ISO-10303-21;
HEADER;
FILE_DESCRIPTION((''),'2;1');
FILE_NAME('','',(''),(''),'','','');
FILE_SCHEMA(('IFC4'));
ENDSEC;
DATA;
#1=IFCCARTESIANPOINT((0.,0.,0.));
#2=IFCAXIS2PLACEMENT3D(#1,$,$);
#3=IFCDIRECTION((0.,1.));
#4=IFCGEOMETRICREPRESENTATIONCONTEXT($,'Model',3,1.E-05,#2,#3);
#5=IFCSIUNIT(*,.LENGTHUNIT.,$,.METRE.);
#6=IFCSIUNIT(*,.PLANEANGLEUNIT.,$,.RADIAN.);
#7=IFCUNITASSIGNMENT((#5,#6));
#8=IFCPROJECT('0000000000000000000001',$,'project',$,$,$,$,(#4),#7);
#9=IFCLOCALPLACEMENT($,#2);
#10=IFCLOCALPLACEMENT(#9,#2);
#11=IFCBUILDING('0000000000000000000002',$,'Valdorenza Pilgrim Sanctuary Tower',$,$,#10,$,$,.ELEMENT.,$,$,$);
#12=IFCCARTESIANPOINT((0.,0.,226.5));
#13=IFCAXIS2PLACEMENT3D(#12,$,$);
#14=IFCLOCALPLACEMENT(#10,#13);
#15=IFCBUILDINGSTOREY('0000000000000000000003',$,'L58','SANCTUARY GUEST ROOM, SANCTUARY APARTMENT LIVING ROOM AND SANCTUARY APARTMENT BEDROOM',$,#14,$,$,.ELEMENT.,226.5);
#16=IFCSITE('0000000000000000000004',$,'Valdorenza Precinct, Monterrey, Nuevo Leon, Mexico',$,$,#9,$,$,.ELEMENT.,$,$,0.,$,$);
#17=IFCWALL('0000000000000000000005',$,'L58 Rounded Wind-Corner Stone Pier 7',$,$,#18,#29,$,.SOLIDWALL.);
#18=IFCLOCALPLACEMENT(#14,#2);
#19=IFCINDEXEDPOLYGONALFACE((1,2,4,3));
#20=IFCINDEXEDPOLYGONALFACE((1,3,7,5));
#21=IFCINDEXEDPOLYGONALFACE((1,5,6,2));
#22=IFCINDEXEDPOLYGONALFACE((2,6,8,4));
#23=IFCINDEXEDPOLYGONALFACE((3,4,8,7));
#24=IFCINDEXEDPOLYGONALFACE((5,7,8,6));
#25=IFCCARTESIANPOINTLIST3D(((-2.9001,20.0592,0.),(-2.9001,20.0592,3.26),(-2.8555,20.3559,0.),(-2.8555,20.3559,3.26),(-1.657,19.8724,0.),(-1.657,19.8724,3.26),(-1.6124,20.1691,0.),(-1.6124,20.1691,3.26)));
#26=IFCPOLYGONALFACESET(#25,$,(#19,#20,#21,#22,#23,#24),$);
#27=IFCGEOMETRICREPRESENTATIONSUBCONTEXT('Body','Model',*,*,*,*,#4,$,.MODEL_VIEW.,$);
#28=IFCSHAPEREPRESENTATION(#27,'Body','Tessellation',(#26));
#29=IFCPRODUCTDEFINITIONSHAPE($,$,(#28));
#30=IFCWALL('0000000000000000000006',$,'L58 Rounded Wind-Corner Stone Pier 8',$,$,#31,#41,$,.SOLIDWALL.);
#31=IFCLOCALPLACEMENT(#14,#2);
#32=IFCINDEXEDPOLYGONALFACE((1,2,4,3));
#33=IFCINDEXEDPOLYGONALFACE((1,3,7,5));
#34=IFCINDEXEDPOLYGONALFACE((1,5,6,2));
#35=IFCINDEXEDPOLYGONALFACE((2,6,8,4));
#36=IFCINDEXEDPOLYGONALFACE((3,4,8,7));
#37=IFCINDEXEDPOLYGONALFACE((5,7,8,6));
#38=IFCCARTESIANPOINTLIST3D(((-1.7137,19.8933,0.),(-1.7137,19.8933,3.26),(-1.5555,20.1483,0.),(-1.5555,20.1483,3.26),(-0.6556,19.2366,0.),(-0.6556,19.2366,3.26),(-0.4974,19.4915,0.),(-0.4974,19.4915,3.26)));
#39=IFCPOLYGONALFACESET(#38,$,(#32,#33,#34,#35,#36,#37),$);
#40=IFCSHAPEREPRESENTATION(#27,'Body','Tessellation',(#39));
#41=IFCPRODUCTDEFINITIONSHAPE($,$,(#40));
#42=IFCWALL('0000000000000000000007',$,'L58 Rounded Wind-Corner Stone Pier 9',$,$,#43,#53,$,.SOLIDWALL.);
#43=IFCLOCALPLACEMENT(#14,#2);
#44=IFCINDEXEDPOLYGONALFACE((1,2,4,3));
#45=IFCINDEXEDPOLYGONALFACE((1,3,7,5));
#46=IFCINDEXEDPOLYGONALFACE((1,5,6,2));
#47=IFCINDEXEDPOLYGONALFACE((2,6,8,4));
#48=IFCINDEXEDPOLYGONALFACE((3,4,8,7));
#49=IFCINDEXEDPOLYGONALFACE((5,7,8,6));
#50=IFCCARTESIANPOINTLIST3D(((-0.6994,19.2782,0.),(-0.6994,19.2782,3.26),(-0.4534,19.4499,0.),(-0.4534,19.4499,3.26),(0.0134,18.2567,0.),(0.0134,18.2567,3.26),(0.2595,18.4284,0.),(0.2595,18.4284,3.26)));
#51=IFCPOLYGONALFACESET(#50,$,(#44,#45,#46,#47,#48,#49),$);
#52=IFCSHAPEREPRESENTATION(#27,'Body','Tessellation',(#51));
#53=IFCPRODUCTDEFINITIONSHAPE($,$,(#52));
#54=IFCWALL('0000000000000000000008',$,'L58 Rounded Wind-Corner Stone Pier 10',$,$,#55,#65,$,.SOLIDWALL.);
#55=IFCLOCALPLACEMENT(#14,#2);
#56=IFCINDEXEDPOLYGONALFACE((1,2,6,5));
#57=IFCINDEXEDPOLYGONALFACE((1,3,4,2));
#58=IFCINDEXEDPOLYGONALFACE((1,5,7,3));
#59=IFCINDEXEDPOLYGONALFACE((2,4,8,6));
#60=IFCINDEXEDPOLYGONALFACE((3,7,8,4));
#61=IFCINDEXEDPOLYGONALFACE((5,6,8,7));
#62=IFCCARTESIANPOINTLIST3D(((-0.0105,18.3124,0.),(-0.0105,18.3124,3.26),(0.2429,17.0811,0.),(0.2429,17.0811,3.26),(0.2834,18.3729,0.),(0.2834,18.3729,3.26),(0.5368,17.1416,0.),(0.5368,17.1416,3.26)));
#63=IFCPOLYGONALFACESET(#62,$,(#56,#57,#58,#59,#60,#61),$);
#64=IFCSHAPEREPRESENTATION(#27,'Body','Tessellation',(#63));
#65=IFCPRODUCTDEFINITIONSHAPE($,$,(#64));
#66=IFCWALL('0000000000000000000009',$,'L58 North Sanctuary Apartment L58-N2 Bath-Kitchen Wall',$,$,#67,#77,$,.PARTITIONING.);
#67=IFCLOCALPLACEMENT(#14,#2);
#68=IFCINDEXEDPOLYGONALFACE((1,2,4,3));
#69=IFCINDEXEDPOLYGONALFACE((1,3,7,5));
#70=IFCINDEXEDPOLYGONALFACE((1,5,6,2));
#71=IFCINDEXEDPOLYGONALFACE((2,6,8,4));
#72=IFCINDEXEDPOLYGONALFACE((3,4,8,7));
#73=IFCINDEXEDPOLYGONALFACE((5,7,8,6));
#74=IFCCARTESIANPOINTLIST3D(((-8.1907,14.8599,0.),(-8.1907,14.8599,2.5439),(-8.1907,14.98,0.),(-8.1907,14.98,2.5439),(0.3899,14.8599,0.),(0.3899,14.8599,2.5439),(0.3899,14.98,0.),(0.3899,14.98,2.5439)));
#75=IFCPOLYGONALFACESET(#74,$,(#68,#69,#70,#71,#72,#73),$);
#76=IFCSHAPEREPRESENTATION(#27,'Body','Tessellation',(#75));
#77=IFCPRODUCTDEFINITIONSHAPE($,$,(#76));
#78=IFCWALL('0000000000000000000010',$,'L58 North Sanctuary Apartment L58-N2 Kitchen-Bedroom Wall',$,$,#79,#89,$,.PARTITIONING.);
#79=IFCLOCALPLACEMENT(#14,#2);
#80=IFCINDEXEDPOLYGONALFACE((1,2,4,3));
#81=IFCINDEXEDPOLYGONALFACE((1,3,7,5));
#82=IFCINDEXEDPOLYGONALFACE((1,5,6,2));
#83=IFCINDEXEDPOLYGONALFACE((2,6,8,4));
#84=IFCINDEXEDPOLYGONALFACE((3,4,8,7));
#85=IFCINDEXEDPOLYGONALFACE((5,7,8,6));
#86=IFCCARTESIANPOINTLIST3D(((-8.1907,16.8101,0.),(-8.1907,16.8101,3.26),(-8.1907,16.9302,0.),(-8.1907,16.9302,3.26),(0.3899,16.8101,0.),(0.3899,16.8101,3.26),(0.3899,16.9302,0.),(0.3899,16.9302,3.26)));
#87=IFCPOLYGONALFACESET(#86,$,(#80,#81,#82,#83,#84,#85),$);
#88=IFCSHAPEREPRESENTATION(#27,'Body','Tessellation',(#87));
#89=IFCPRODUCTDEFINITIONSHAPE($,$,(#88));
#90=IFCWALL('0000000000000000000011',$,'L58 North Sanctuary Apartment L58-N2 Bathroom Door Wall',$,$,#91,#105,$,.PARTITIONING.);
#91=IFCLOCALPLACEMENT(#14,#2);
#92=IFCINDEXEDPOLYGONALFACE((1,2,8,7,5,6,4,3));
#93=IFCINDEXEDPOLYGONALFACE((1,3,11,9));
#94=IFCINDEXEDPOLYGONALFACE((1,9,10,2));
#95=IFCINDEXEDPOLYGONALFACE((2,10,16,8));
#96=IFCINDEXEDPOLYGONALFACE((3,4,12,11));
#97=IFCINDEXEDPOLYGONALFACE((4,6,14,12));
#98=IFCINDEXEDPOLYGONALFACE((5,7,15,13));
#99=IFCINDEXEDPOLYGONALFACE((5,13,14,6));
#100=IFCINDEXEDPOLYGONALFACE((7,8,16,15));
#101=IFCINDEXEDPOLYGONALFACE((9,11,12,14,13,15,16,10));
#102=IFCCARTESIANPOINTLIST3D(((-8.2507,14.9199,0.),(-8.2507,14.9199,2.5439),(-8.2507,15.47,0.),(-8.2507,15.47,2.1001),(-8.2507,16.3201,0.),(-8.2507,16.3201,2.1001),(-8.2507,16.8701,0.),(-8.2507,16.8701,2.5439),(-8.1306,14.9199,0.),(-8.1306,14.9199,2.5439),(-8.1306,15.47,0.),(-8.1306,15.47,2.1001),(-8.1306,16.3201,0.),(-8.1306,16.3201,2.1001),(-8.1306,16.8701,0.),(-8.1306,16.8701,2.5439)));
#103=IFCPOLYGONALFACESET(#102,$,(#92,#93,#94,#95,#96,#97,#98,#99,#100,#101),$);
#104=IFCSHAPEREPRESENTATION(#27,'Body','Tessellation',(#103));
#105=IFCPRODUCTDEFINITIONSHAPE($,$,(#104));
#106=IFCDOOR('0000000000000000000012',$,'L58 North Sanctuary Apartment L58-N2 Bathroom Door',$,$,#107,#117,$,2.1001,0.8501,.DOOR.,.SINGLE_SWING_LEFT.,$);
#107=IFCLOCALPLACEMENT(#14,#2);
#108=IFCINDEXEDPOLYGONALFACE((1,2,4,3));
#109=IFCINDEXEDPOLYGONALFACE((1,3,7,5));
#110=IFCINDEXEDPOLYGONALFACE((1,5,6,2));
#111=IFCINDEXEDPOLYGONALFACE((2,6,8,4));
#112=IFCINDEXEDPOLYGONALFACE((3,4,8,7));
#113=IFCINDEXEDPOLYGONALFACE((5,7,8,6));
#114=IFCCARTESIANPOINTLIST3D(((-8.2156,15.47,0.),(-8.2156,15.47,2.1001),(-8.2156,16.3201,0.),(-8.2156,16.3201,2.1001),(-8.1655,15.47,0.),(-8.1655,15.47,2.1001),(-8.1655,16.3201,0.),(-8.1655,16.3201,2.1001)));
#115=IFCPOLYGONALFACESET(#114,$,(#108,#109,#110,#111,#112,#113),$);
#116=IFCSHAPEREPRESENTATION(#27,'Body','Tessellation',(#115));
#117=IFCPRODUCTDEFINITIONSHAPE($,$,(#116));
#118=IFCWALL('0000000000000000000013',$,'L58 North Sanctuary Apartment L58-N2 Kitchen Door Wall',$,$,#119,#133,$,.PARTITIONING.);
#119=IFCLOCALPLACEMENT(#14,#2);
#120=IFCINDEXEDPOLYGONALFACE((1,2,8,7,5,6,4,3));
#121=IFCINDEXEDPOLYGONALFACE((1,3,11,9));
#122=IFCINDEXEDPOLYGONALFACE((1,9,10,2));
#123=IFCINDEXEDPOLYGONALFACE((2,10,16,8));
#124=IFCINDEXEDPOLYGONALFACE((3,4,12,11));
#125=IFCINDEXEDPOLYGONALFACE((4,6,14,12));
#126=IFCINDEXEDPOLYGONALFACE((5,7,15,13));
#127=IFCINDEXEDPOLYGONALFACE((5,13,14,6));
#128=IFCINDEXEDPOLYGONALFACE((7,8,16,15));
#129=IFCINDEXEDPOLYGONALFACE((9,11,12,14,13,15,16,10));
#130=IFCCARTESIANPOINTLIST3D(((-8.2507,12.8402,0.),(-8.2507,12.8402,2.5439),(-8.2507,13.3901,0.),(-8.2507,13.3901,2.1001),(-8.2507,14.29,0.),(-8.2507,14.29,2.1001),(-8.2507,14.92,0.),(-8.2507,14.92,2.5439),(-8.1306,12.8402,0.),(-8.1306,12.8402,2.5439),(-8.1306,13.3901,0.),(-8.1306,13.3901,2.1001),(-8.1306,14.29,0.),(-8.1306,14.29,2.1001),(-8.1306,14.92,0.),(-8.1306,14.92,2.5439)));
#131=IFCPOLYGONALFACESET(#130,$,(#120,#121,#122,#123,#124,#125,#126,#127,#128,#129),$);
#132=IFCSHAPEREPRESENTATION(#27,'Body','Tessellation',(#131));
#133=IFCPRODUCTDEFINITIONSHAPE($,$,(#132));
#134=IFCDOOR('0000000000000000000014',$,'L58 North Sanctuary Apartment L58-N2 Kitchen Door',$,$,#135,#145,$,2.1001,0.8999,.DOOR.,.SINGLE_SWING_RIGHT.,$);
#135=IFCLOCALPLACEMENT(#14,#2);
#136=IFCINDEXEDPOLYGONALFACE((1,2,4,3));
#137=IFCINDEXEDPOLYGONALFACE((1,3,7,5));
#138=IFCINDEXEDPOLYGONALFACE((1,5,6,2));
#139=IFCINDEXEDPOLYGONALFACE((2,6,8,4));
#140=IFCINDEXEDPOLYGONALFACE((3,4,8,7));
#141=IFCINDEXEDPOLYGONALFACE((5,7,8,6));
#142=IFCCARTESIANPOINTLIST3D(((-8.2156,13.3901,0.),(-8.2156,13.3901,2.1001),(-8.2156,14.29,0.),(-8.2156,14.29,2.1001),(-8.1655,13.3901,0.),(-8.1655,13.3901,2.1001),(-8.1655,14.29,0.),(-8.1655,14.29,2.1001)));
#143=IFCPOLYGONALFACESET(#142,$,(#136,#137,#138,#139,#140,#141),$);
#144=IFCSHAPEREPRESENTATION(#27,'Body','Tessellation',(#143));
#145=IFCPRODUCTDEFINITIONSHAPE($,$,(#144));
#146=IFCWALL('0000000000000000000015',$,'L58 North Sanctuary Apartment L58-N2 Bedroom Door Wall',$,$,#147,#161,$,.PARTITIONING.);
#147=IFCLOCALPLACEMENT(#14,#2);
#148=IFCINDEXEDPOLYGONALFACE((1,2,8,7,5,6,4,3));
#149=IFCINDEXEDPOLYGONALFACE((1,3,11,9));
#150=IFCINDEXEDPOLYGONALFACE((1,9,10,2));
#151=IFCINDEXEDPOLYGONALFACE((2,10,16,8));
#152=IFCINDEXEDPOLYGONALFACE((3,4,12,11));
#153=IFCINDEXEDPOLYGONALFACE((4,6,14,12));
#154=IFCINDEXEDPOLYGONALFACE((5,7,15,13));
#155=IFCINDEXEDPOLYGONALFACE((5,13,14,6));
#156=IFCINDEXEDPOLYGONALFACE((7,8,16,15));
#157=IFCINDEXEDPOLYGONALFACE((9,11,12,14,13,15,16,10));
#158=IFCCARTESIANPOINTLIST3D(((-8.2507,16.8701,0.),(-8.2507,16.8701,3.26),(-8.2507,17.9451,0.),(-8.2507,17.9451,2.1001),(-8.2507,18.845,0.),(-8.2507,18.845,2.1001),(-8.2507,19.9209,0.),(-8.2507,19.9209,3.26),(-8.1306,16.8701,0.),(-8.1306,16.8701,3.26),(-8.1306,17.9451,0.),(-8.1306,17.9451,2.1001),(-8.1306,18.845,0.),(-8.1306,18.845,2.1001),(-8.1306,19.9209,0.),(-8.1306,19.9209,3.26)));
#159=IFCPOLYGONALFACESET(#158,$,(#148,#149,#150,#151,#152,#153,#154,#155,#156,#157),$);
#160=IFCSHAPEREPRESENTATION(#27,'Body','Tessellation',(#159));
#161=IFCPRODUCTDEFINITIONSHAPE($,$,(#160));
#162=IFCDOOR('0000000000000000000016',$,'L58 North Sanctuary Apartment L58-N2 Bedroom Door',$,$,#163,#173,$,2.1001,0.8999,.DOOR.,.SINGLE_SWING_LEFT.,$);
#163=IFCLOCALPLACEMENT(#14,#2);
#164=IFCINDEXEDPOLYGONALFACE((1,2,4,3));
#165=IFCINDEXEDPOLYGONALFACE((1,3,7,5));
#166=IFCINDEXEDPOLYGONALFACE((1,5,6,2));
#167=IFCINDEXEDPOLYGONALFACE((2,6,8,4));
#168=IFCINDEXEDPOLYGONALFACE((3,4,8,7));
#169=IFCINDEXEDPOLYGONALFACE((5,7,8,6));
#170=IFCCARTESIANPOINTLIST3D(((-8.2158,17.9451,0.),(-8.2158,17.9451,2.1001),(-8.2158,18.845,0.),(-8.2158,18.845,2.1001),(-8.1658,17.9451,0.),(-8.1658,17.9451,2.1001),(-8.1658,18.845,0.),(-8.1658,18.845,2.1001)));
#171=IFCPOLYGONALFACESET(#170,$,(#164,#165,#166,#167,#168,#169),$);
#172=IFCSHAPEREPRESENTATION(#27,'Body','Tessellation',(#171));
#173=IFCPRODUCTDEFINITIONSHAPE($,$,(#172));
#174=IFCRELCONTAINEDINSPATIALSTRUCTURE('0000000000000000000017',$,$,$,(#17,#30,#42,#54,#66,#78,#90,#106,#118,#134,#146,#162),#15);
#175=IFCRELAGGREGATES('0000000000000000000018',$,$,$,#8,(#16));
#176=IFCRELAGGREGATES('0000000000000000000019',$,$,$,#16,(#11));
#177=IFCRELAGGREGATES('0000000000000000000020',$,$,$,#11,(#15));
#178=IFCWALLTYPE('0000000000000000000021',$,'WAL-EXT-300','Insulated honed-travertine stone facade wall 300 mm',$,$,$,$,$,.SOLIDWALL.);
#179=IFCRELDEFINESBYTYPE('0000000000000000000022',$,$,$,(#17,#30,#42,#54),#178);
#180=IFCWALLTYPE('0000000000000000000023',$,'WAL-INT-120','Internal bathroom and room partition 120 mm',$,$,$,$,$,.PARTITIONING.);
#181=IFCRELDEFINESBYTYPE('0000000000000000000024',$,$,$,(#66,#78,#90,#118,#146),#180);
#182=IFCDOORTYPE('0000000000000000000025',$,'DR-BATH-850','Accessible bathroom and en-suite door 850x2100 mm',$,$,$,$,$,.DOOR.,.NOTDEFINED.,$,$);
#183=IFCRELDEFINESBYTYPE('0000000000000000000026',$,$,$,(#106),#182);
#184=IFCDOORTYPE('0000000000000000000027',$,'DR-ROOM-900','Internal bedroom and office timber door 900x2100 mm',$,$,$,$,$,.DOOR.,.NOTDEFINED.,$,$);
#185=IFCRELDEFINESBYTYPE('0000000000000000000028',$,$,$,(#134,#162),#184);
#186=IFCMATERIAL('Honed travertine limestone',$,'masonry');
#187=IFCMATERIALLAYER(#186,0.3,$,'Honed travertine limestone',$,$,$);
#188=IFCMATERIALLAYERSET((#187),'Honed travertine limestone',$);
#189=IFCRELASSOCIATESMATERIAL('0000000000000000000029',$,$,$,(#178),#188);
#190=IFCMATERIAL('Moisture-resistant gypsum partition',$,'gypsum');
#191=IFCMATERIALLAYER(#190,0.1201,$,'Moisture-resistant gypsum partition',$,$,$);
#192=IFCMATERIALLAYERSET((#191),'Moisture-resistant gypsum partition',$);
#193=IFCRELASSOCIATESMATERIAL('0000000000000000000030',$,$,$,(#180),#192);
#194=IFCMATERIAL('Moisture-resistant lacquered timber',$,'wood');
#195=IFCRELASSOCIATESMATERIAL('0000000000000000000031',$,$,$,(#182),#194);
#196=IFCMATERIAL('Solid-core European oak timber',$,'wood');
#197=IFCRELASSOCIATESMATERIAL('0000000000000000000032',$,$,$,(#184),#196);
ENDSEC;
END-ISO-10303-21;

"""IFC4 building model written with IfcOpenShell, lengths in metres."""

from ifc_helpers import new_model, si_unit, direction, frame, frame_2d, origin, place, context, subcontext, project, spatial, rectangle, extrude, material, layer, layer_set, type_object, element, fill, save


model = new_model("IFC4")

# Units and contexts
model_context = context("Model", 3, precision=1e-05, world=origin(), true_north=direction((0.0, 1.0)))
body_context = subcontext(model_context, "Body", "Model", "MODEL_VIEW")
ifc_project = project(units=[si_unit("LENGTHUNIT", "METRE"), si_unit("PLANEANGLEUNIT", "RADIAN")], contexts=[model_context])

# Site, building, storey
site_placement = place(None, origin())
site = spatial("IfcSite", under=ifc_project, at=site_placement, Name="Valdorenza Precinct, Monterrey, Nuevo Leon, Mexico", CompositionType="ELEMENT", RefElevation=0.0)
building_placement = place(site_placement, origin())
building = spatial("IfcBuilding", under=site, at=building_placement, Name="Valdorenza Pilgrim Sanctuary Tower", CompositionType="ELEMENT")
storey_placement = place(building_placement, frame((0.0, 0.0, 226.5)))
storey = spatial("IfcBuildingStorey", under=building, at=storey_placement, Name="L58", Description="SANCTUARY GUEST ROOM, SANCTUARY APARTMENT LIVING ROOM AND SANCTUARY APARTMENT BEDROOM", CompositionType="ELEMENT", Elevation=226.5)

# Shared definitions
ifc_material_1 = material(Name="Honed travertine limestone", Category="masonry")

# Walls
ifc_layer_1 = layer(ifc_material_1, 0.3, Name="Honed travertine limestone")
ifc_layer_set_1 = layer_set([ifc_layer_1], Name="Honed travertine limestone")
wall_type_1 = type_object("IfcWallType", Name="WAL-EXT-300", Description="Insulated honed-travertine stone facade wall 300 mm", PredefinedType="SOLIDWALL", material=ifc_layer_set_1)
wall_1_placement = place(storey_placement, frame((-2.8777, 20.2075, 0.0), z_axis=(0.0, 0.0, 1.0), x_axis=(0.988902, -0.148568, 0.0)))
element("IfcWall", 1, at=wall_1_placement, inside=storey, type_object=wall_type_1, Name="L58 Rounded Wind-Corner Stone Pier 7", PredefinedType="SOLIDWALL", context=body_context, shape_type="SweptSolid", body=[
    extrude(rectangle(XDim=1.2571, YDim=0.3, at=frame_2d((0.6284, 0.0))), origin(), (0.0, 0.0, 1.0), 3.26),
])
wall_2_placement = place(storey_placement, frame((-1.6345, 20.0208, 0.0), z_axis=(0.0, 0.0, 1.0), x_axis=(0.849646, -0.527353, 0.0)))
element("IfcWall", 2, at=wall_2_placement, inside=storey, type_object=wall_type_1, Name="L58 Rounded Wind-Corner Stone Pier 8", PredefinedType="SOLIDWALL", context=body_context, shape_type="SweptSolid", body=[
    extrude(rectangle(XDim=1.2454, YDim=0.3, at=frame_2d((0.6226, 0.0))), origin(), (0.0, 0.0, 1.0), 3.26),
])
wall_3_placement = place(storey_placement, frame((-0.5764, 19.364, 0.0), z_axis=(0.0, 0.0, 1.0), x_axis=(0.572304, -0.820041, 0.0)))
element("IfcWall", 3, at=wall_3_placement, inside=storey, type_object=wall_type_1, Name="L58 Rounded Wind-Corner Stone Pier 9", PredefinedType="SOLIDWALL", context=body_context, shape_type="SweptSolid", body=[
    extrude(rectangle(XDim=1.2456, YDim=0.3, at=frame_2d((0.6228, 0.0))), origin(), (0.0, 0.0, 1.0), 3.26),
])
wall_4_placement = place(storey_placement, frame((0.1365, 18.3425, 0.0), z_axis=(0.0, 0.0, 1.0), x_axis=(0.201604, -0.979467, 0.0)))
element("IfcWall", 4, at=wall_4_placement, inside=storey, type_object=wall_type_1, Name="L58 Rounded Wind-Corner Stone Pier 10", PredefinedType="SOLIDWALL", context=body_context, shape_type="SweptSolid", body=[
    extrude(rectangle(XDim=1.2571, YDim=0.3, at=frame_2d((0.6284, 0.0))), origin(), (0.0, 0.0, 1.0), 3.26),
])
ifc_material_2 = material(Name="Moisture-resistant gypsum partition", Category="gypsum")
ifc_layer_2 = layer(ifc_material_2, 0.1201, Name="Moisture-resistant gypsum partition")
ifc_layer_set_2 = layer_set([ifc_layer_2], Name="Moisture-resistant gypsum partition")
wall_type_2 = type_object("IfcWallType", Name="WAL-INT-120", Description="Internal bathroom and room partition 120 mm", PredefinedType="PARTITIONING", material=ifc_layer_set_2)
wall_5_placement = place(storey_placement, frame((-8.1907, 14.9199, 0.0), z_axis=(0.0, 0.0, 1.0), x_axis=(1.0, 0.0, 0.0)))
element("IfcWall", 5, at=wall_5_placement, inside=storey, type_object=wall_type_2, Name="L58 North Sanctuary Apartment L58-N2 Bath-Kitchen Wall", PredefinedType="PARTITIONING", context=body_context, shape_type="SweptSolid", body=[
    extrude(rectangle(XDim=8.5806, YDim=0.1201, at=frame_2d((4.2903, 0.0))), origin(), (0.0, 0.0, 1.0), 2.5439),
])
wall_6_placement = place(storey_placement, frame((-8.1907, 16.8701, 0.0), z_axis=(0.0, 0.0, 1.0), x_axis=(1.0, 0.0, 0.0)))
element("IfcWall", 6, at=wall_6_placement, inside=storey, type_object=wall_type_2, Name="L58 North Sanctuary Apartment L58-N2 Kitchen-Bedroom Wall", PredefinedType="PARTITIONING", context=body_context, shape_type="SweptSolid", body=[
    extrude(rectangle(XDim=8.5806, YDim=0.1201, at=frame_2d((4.2903, 0.0))), origin(), (0.0, 0.0, 1.0), 3.26),
])

# Walls, openings, doors
wall_7_placement = place(storey_placement, frame((-8.1907, 14.9199, 0.0), z_axis=(0.0, 0.0, 1.0), x_axis=(0.0, 1.0, 0.0)))
wall_7 = element("IfcWall", 7, at=wall_7_placement, inside=storey, type_object=wall_type_2, Name="L58 North Sanctuary Apartment L58-N2 Bathroom Door Wall", PredefinedType="PARTITIONING", context=body_context, shape_type="SweptSolid", body=[
    extrude(rectangle(XDim=1.9502, YDim=0.1201, at=frame_2d((0.9751, 0.0))), origin(), (0.0, 0.0, 1.0), 2.5439),
])
opening_1_placement = place(wall_7_placement, frame((0.55, 0.0, 0.0)))
opening_1 = element("IfcOpeningElement", 8, at=opening_1_placement, cuts=wall_7, PredefinedType="OPENING", context=body_context, shape_type="SweptSolid", body=[
    extrude(rectangle(XDim=0.8501, YDim=2.1001, at=frame_2d((0.425, 1.05))), frame((0.0, 0.075, 0.0), z_axis=(0.0, -1.0, 0.0), x_axis=(1.0, 0.0, 0.0)), (0.0, 0.0, 1.0), 0.1499),
])
ifc_material_3 = material(Name="Moisture-resistant lacquered timber", Category="wood")
door_type_1 = type_object("IfcDoorType", Name="DR-BATH-850", Description="Accessible bathroom and en-suite door 850x2100 mm", OperationType="NOTDEFINED", PredefinedType="DOOR", material=ifc_material_3)
door_1_placement = place(opening_1_placement, origin())
door_1 = element("IfcDoor", 9, at=door_1_placement, inside=storey, type_object=door_type_1, Name="L58 North Sanctuary Apartment L58-N2 Bathroom Door", OperationType="SINGLE_SWING_LEFT", OverallHeight=2.1001, OverallWidth=0.8501, PredefinedType="DOOR", context=body_context, shape_type="SweptSolid", body=[
    extrude(rectangle(XDim=0.8501, YDim=2.1001, at=frame_2d((0.425, 1.05))), frame((0.0, 0.0249, 0.0), z_axis=(0.0, -1.0, 0.0), x_axis=(1.0, 0.0, 0.0)), (0.0, 0.0, 1.0), 0.05),
])
fill(opening_1, door_1)
wall_8_placement = place(storey_placement, frame((-8.1907, 12.8401, 0.0), z_axis=(0.0, 0.0, 1.0), x_axis=(0.0, 1.0, 0.0)))
wall_8 = element("IfcWall", 10, at=wall_8_placement, inside=storey, type_object=wall_type_2, Name="L58 North Sanctuary Apartment L58-N2 Kitchen Door Wall", PredefinedType="PARTITIONING", context=body_context, shape_type="SweptSolid", body=[
    extrude(rectangle(XDim=2.0798, YDim=0.1201, at=frame_2d((1.04, 0.0))), origin(), (0.0, 0.0, 1.0), 2.5439),
])
opening_2_placement = place(wall_8_placement, frame((0.55, 0.0, 0.0)))
opening_2 = element("IfcOpeningElement", 11, at=opening_2_placement, cuts=wall_8, PredefinedType="OPENING", context=body_context, shape_type="SweptSolid", body=[
    extrude(rectangle(XDim=0.8999, YDim=2.1001, at=frame_2d((0.45, 1.05))), frame((0.0, 0.075, 0.0), z_axis=(0.0, -1.0, 0.0), x_axis=(1.0, 0.0, 0.0)), (0.0, 0.0, 1.0), 0.1499),
])
ifc_material_4 = material(Name="Solid-core European oak timber", Category="wood")
door_type_2 = type_object("IfcDoorType", Name="DR-ROOM-900", Description="Internal bedroom and office timber door 900x2100 mm", OperationType="NOTDEFINED", PredefinedType="DOOR", material=ifc_material_4)
door_2_placement = place(opening_2_placement, origin())
door_2 = element("IfcDoor", 12, at=door_2_placement, inside=storey, type_object=door_type_2, Name="L58 North Sanctuary Apartment L58-N2 Kitchen Door", OperationType="SINGLE_SWING_RIGHT", OverallHeight=2.1001, OverallWidth=0.8999, PredefinedType="DOOR", context=body_context, shape_type="SweptSolid", body=[
    extrude(rectangle(XDim=0.8999, YDim=2.1001, at=frame_2d((0.45, 1.05))), frame((0.0, 0.0249, 0.0), z_axis=(0.0, -1.0, 0.0), x_axis=(1.0, 0.0, 0.0)), (0.0, 0.0, 1.0), 0.05),
])
fill(opening_2, door_2)
wall_9_placement = place(storey_placement, frame((-8.1907, 16.8701, 0.0), z_axis=(0.0, 0.0, 1.0), x_axis=(0.0, 1.0, 0.0)))
wall_9 = element("IfcWall", 13, at=wall_9_placement, inside=storey, type_object=wall_type_2, Name="L58 North Sanctuary Apartment L58-N2 Bedroom Door Wall", PredefinedType="PARTITIONING", context=body_context, shape_type="SweptSolid", body=[
    extrude(rectangle(XDim=3.0508, YDim=0.1201, at=frame_2d((1.5254, 0.0))), origin(), (0.0, 0.0, 1.0), 3.26),
])
opening_3_placement = place(wall_9_placement, frame((1.075, 0.0, 0.0)))
opening_3 = element("IfcOpeningElement", 14, at=opening_3_placement, cuts=wall_9, PredefinedType="OPENING", context=body_context, shape_type="SweptSolid", body=[
    extrude(rectangle(XDim=0.8999, YDim=2.1001, at=frame_2d((0.45, 1.05))), frame((0.0, 0.075, 0.0), z_axis=(0.0, -1.0, 0.0), x_axis=(1.0, 0.0, 0.0)), (0.0, 0.0, 1.0), 0.1499),
])
door_3_placement = place(opening_3_placement, frame((0.8999, 0.0, 0.0), z_axis=(0.0, 0.0, 1.0), x_axis=(-1.0, 0.0, 0.0)))
door_3 = element("IfcDoor", 15, at=door_3_placement, inside=storey, type_object=door_type_2, Name="L58 North Sanctuary Apartment L58-N2 Bedroom Door", OperationType="SINGLE_SWING_LEFT", OverallHeight=2.1001, OverallWidth=0.8999, PredefinedType="DOOR", context=body_context, shape_type="SweptSolid", body=[
    extrude(rectangle(XDim=0.8999, YDim=2.1001, at=frame_2d((0.45, 1.05))), frame((0.0, 0.0249, 0.0), z_axis=(0.0, -1.0, 0.0), x_axis=(1.0, 0.0, 0.0)), (0.0, 0.0, 1.0), 0.05),
])
fill(opening_3, door_3)

save(model, "model.ifc")
